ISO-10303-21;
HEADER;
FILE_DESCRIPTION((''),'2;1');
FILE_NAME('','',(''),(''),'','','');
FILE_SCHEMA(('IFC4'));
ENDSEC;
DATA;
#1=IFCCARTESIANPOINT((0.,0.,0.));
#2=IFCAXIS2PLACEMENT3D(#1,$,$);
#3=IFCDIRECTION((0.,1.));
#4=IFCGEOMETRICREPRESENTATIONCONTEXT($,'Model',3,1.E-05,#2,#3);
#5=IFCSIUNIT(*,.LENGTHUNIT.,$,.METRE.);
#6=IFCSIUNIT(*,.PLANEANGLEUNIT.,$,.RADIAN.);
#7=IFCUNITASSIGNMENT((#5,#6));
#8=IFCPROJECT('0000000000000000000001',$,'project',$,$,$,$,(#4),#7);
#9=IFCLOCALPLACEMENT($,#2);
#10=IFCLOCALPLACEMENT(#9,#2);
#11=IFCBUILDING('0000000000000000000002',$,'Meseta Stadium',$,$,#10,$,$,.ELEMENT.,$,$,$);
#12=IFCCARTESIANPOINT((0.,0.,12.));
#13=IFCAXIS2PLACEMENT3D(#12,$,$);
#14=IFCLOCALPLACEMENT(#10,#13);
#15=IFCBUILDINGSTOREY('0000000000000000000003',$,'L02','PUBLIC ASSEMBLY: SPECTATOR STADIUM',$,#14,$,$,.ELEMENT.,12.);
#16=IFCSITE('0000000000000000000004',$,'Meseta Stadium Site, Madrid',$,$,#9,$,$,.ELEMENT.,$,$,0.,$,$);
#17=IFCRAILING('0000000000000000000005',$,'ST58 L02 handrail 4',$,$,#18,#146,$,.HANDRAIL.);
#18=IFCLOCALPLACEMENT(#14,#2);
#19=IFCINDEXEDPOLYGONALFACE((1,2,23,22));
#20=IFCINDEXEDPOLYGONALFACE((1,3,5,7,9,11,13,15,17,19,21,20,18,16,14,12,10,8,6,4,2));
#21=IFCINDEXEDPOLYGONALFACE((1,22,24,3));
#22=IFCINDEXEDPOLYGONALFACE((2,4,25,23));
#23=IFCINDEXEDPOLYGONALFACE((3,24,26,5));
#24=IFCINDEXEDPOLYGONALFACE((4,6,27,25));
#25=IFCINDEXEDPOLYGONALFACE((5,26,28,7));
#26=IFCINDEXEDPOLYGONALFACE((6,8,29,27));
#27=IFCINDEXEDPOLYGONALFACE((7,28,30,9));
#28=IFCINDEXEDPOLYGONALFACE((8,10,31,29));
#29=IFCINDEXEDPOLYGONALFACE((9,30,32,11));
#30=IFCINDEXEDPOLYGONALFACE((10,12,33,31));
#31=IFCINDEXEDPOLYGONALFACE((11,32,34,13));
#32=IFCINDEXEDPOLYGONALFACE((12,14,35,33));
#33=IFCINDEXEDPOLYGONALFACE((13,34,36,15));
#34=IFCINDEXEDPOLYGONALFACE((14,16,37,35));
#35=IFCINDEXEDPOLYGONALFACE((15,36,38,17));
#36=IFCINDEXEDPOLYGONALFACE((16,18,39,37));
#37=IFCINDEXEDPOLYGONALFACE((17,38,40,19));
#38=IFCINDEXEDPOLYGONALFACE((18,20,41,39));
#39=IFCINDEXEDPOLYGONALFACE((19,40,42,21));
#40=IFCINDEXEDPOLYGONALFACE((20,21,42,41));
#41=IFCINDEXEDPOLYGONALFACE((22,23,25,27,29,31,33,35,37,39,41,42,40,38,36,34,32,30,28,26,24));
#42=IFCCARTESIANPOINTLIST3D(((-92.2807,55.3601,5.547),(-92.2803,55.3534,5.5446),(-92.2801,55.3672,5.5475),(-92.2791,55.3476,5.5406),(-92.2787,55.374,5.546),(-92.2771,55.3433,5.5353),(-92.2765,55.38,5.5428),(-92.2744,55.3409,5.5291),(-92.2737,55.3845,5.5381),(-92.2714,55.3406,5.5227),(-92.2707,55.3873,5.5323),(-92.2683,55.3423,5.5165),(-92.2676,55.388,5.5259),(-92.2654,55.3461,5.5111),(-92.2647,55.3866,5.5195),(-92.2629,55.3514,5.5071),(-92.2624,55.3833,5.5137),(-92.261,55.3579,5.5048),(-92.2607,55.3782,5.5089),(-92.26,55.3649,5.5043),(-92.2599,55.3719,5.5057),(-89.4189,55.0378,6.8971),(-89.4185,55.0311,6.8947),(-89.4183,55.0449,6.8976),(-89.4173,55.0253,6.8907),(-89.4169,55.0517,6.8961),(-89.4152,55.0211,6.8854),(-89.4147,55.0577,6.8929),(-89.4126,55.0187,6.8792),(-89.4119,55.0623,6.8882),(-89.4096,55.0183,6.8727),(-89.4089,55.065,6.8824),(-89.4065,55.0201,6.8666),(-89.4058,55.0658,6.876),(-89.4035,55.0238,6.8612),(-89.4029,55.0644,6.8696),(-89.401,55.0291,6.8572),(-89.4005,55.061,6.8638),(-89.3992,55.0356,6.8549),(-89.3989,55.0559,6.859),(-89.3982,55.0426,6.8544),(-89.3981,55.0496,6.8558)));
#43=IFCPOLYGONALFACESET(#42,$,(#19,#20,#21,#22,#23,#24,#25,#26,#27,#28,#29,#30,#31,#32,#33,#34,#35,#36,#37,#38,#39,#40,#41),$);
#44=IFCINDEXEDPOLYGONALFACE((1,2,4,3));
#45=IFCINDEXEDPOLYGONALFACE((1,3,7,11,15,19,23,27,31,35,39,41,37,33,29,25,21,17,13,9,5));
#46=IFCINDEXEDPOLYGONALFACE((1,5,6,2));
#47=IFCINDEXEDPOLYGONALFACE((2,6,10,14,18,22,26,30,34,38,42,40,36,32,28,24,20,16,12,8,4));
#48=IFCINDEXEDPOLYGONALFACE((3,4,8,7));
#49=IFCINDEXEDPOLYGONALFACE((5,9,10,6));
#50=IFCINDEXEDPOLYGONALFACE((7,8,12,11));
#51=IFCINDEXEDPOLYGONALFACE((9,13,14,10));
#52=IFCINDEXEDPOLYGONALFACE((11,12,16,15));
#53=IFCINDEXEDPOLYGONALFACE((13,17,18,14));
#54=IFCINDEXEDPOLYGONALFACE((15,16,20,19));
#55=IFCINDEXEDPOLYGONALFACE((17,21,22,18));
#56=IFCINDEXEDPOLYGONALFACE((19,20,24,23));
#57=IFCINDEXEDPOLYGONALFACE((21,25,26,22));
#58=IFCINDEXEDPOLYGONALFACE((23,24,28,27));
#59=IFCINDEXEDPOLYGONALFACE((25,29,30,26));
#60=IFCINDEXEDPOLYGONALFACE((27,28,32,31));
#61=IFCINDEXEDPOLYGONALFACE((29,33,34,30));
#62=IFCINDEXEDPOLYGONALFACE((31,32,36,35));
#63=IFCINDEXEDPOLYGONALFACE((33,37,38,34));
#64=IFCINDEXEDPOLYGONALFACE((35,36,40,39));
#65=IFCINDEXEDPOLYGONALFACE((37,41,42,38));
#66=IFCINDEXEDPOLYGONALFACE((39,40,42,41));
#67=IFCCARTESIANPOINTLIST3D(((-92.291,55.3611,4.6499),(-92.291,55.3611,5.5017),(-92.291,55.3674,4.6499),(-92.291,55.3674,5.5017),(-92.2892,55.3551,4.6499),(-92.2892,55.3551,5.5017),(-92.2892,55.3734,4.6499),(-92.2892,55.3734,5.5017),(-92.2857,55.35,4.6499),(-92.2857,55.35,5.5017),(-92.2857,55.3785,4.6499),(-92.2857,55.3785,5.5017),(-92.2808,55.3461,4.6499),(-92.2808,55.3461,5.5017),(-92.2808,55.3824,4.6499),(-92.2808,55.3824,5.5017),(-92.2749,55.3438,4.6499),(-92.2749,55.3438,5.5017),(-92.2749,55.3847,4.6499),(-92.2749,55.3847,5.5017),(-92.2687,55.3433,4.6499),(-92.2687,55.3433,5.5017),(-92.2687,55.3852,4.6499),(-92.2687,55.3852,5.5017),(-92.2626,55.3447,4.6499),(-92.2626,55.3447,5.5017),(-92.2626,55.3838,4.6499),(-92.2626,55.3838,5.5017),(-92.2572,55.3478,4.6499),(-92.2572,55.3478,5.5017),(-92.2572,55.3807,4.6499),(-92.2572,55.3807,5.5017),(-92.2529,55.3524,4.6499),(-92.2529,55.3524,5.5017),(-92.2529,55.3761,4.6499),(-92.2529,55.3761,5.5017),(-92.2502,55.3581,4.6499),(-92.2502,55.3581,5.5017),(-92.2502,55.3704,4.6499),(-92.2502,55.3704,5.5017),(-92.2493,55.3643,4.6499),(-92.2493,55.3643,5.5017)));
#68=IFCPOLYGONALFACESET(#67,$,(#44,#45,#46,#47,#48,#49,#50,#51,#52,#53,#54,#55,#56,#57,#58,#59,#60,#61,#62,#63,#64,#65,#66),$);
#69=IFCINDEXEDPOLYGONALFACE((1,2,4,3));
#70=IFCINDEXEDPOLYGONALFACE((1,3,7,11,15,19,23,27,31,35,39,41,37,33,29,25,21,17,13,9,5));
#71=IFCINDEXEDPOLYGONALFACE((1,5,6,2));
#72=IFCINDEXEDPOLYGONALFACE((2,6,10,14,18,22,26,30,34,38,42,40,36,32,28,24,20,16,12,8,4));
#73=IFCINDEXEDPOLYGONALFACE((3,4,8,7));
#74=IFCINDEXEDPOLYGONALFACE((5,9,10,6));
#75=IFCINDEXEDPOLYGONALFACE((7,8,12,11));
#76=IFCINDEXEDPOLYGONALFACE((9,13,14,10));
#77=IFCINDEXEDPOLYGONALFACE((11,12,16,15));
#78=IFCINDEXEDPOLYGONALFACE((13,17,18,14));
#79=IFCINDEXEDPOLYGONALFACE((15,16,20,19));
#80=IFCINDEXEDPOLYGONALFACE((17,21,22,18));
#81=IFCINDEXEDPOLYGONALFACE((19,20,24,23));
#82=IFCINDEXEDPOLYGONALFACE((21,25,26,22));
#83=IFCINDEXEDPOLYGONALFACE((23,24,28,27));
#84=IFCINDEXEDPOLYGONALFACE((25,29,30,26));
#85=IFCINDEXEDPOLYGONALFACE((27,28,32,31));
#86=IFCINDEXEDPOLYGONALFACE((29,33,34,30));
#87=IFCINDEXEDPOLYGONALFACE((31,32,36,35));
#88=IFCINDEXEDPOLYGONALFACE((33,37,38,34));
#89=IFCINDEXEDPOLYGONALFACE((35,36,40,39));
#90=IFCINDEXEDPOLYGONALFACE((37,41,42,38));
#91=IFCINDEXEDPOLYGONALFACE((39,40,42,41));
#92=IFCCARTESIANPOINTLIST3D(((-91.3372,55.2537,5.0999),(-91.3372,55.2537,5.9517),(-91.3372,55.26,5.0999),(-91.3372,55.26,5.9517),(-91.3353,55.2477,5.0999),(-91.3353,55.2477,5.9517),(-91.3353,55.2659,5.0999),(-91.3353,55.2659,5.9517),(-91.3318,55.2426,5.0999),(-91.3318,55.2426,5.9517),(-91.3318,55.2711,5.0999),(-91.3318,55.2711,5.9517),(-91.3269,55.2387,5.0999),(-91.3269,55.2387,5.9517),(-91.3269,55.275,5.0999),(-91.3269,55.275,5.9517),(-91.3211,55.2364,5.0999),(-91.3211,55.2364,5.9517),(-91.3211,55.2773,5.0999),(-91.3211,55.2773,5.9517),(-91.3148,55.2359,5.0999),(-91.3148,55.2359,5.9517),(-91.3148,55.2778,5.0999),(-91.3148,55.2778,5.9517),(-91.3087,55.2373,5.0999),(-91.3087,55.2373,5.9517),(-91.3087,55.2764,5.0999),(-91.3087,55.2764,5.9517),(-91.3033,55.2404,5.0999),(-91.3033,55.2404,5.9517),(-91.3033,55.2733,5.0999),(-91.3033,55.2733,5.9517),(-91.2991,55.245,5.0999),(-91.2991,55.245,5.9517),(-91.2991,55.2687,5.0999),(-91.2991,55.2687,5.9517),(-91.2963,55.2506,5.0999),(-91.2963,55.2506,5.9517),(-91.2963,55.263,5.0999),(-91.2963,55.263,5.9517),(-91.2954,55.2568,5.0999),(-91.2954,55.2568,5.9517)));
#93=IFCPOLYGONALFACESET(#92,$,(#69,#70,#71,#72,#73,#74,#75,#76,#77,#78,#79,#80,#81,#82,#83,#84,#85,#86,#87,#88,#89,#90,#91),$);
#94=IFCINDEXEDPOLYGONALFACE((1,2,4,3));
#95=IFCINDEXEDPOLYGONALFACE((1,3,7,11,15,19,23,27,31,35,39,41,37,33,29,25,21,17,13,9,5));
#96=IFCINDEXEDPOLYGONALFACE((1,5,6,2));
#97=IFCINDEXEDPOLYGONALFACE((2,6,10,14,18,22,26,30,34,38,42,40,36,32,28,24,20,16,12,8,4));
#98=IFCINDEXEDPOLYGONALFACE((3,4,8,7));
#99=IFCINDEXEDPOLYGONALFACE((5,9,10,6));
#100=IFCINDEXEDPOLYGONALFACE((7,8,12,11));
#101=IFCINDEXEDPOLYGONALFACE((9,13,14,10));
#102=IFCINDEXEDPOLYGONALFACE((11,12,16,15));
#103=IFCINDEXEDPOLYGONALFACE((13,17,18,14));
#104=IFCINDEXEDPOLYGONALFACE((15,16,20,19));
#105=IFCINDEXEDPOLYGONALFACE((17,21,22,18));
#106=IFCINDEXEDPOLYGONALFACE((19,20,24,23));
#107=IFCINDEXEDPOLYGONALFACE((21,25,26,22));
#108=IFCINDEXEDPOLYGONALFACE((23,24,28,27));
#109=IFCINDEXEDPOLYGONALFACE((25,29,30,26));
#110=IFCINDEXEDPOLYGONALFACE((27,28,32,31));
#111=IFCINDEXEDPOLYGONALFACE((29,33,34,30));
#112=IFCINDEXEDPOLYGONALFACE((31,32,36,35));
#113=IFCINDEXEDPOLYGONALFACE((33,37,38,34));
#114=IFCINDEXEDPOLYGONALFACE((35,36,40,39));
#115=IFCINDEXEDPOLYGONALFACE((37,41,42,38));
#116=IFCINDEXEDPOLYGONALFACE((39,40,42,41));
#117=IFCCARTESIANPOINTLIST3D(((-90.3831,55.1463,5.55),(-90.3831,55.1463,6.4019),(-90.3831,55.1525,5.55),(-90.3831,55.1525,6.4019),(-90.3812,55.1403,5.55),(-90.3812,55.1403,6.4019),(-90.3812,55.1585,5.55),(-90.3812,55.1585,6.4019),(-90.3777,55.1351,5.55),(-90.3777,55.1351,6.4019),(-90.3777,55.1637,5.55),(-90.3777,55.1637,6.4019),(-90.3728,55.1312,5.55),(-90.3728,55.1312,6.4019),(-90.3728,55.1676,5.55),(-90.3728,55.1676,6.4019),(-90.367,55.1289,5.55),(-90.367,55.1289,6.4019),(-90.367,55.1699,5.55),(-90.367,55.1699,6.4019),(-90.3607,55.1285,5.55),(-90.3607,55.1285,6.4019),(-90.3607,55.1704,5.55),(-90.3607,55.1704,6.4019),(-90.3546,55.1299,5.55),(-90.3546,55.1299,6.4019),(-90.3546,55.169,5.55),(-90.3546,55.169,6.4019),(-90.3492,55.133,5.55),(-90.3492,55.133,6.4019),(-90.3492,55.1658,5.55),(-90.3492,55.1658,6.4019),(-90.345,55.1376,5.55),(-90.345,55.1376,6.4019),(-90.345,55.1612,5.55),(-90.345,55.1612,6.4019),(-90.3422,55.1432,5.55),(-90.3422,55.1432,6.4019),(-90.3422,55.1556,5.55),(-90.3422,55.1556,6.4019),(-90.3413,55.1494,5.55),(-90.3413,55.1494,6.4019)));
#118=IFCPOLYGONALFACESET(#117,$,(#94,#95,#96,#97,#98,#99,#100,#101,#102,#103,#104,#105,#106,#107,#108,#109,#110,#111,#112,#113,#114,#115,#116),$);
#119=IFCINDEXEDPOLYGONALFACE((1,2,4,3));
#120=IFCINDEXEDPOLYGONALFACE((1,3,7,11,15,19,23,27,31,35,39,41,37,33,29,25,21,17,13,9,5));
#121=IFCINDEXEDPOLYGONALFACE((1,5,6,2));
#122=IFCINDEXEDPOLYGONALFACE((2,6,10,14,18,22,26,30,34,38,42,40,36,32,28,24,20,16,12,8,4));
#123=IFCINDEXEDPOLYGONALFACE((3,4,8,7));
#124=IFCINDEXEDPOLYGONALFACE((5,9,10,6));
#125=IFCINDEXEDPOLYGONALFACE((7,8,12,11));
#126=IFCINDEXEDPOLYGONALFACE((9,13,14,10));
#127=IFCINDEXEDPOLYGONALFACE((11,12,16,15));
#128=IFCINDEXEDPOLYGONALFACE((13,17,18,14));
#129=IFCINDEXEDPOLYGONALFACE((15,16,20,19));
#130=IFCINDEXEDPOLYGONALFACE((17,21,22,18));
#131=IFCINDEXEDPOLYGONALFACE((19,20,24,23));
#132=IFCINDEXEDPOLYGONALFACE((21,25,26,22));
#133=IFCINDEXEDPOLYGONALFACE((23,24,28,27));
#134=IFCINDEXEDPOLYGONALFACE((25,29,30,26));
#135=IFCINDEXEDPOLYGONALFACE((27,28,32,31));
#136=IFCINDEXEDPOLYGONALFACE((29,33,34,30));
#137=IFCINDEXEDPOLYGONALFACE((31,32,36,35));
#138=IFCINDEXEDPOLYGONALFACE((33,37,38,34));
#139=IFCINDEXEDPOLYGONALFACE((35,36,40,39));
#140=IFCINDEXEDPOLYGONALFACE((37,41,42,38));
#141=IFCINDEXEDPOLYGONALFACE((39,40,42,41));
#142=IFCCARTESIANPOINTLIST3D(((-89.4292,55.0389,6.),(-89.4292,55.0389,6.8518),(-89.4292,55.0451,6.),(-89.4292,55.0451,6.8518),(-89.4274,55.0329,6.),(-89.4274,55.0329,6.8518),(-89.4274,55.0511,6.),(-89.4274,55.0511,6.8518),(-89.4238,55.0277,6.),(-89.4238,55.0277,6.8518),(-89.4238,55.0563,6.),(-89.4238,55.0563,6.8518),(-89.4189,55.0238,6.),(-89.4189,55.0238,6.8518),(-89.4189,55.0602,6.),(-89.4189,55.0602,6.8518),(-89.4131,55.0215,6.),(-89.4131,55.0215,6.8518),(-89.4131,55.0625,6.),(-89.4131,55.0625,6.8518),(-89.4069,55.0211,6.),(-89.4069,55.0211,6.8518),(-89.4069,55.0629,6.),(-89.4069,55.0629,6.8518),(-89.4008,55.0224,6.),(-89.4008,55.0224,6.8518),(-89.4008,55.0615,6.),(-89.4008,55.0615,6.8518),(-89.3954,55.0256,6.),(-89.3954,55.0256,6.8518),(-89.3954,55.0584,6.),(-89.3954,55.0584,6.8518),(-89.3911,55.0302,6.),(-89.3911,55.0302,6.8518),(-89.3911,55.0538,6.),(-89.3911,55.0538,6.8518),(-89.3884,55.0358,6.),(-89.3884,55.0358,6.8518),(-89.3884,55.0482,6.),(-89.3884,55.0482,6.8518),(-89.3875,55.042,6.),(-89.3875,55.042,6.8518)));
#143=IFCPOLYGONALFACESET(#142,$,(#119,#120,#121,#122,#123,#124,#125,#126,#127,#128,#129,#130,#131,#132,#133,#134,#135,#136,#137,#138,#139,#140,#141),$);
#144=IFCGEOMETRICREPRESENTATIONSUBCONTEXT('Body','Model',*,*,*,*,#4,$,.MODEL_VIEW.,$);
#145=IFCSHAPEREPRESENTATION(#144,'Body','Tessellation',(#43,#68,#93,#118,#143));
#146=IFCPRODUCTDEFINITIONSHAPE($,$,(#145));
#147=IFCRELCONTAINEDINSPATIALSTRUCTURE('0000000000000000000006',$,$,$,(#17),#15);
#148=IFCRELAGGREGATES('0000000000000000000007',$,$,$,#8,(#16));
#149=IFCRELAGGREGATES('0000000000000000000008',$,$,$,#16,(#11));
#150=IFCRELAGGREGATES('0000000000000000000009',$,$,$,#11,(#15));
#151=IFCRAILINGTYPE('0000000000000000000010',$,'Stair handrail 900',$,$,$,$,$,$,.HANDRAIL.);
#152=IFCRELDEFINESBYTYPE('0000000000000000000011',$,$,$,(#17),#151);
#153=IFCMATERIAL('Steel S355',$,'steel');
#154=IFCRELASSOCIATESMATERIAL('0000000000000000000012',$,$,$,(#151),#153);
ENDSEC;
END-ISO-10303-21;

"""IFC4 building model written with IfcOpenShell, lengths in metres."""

from ifc_helpers import new_model, si_unit, direction, frame, origin, origin_2d, place, context, subcontext, project, spatial, circle, extrude, material, type_object, element, save


model = new_model("IFC4")

# Units and contexts
model_context = context("Model", 3, precision=1e-05, world=origin(), true_north=direction((0.0, 1.0)))
body_context = subcontext(model_context, "Body", "Model", "MODEL_VIEW")
ifc_project = project(units=[si_unit("LENGTHUNIT", "METRE"), si_unit("PLANEANGLEUNIT", "RADIAN")], contexts=[model_context])

# Site, building, storey
site_placement = place(None, origin())
site = spatial("IfcSite", under=ifc_project, at=site_placement, Name="Meseta Stadium Site, Madrid", CompositionType="ELEMENT", RefElevation=0.0)
building_placement = place(site_placement, origin())
building = spatial("IfcBuilding", under=site, at=building_placement, Name="Meseta Stadium", CompositionType="ELEMENT")
storey_placement = place(building_placement, frame((0.0, 0.0, 12.0)))
storey = spatial("IfcBuildingStorey", under=building, at=storey_placement, Name="L02", Description="PUBLIC ASSEMBLY: SPECTATOR STADIUM", CompositionType="ELEMENT", Elevation=12.0)

# Railing
ifc_material_1 = material(Name="Steel S355", Category="steel")
railing_type_1 = type_object("IfcRailingType", Name="Stair handrail 900", PredefinedType="HANDRAIL", material=ifc_material_1)
for number, where, name in (
    (1, (-92.2703, 55.3643, 4.6499), "ST58 L02 handrail 4"),
):
    element("IfcRailing", number, at=place(storey_placement, frame(where)), inside=storey, type_object=railing_type_1, Name=name, PredefinedType="HANDRAIL", context=body_context, shape_type="SweptSolid", body=[
        extrude(circle(Radius=0.0239, at=origin_2d()), frame((0.0, 0.0, 0.876), z_axis=(0.899755, -0.10132, 0.424471), x_axis=(0.111902, 0.993719, 0.0)), (0.0, 0.0, 1.0), 3.1807),
        extrude(circle(Radius=0.021, at=origin_2d()), origin(), (0.0, 0.0, 1.0), 0.8518),
        extrude(circle(Radius=0.021, at=origin_2d()), frame((0.9539, -0.1074, 0.45)), (0.0, 0.0, 1.0), 0.8518),
        extrude(circle(Radius=0.021, at=origin_2d()), frame((1.908, -0.2148, 0.9001)), (0.0, 0.0, 1.0), 0.8518),
        extrude(circle(Radius=0.021, at=origin_2d()), frame((2.8618, -0.3223, 1.3501)), (0.0, 0.0, 1.0), 0.8518),
    ])

save(model, "model.ifc")
